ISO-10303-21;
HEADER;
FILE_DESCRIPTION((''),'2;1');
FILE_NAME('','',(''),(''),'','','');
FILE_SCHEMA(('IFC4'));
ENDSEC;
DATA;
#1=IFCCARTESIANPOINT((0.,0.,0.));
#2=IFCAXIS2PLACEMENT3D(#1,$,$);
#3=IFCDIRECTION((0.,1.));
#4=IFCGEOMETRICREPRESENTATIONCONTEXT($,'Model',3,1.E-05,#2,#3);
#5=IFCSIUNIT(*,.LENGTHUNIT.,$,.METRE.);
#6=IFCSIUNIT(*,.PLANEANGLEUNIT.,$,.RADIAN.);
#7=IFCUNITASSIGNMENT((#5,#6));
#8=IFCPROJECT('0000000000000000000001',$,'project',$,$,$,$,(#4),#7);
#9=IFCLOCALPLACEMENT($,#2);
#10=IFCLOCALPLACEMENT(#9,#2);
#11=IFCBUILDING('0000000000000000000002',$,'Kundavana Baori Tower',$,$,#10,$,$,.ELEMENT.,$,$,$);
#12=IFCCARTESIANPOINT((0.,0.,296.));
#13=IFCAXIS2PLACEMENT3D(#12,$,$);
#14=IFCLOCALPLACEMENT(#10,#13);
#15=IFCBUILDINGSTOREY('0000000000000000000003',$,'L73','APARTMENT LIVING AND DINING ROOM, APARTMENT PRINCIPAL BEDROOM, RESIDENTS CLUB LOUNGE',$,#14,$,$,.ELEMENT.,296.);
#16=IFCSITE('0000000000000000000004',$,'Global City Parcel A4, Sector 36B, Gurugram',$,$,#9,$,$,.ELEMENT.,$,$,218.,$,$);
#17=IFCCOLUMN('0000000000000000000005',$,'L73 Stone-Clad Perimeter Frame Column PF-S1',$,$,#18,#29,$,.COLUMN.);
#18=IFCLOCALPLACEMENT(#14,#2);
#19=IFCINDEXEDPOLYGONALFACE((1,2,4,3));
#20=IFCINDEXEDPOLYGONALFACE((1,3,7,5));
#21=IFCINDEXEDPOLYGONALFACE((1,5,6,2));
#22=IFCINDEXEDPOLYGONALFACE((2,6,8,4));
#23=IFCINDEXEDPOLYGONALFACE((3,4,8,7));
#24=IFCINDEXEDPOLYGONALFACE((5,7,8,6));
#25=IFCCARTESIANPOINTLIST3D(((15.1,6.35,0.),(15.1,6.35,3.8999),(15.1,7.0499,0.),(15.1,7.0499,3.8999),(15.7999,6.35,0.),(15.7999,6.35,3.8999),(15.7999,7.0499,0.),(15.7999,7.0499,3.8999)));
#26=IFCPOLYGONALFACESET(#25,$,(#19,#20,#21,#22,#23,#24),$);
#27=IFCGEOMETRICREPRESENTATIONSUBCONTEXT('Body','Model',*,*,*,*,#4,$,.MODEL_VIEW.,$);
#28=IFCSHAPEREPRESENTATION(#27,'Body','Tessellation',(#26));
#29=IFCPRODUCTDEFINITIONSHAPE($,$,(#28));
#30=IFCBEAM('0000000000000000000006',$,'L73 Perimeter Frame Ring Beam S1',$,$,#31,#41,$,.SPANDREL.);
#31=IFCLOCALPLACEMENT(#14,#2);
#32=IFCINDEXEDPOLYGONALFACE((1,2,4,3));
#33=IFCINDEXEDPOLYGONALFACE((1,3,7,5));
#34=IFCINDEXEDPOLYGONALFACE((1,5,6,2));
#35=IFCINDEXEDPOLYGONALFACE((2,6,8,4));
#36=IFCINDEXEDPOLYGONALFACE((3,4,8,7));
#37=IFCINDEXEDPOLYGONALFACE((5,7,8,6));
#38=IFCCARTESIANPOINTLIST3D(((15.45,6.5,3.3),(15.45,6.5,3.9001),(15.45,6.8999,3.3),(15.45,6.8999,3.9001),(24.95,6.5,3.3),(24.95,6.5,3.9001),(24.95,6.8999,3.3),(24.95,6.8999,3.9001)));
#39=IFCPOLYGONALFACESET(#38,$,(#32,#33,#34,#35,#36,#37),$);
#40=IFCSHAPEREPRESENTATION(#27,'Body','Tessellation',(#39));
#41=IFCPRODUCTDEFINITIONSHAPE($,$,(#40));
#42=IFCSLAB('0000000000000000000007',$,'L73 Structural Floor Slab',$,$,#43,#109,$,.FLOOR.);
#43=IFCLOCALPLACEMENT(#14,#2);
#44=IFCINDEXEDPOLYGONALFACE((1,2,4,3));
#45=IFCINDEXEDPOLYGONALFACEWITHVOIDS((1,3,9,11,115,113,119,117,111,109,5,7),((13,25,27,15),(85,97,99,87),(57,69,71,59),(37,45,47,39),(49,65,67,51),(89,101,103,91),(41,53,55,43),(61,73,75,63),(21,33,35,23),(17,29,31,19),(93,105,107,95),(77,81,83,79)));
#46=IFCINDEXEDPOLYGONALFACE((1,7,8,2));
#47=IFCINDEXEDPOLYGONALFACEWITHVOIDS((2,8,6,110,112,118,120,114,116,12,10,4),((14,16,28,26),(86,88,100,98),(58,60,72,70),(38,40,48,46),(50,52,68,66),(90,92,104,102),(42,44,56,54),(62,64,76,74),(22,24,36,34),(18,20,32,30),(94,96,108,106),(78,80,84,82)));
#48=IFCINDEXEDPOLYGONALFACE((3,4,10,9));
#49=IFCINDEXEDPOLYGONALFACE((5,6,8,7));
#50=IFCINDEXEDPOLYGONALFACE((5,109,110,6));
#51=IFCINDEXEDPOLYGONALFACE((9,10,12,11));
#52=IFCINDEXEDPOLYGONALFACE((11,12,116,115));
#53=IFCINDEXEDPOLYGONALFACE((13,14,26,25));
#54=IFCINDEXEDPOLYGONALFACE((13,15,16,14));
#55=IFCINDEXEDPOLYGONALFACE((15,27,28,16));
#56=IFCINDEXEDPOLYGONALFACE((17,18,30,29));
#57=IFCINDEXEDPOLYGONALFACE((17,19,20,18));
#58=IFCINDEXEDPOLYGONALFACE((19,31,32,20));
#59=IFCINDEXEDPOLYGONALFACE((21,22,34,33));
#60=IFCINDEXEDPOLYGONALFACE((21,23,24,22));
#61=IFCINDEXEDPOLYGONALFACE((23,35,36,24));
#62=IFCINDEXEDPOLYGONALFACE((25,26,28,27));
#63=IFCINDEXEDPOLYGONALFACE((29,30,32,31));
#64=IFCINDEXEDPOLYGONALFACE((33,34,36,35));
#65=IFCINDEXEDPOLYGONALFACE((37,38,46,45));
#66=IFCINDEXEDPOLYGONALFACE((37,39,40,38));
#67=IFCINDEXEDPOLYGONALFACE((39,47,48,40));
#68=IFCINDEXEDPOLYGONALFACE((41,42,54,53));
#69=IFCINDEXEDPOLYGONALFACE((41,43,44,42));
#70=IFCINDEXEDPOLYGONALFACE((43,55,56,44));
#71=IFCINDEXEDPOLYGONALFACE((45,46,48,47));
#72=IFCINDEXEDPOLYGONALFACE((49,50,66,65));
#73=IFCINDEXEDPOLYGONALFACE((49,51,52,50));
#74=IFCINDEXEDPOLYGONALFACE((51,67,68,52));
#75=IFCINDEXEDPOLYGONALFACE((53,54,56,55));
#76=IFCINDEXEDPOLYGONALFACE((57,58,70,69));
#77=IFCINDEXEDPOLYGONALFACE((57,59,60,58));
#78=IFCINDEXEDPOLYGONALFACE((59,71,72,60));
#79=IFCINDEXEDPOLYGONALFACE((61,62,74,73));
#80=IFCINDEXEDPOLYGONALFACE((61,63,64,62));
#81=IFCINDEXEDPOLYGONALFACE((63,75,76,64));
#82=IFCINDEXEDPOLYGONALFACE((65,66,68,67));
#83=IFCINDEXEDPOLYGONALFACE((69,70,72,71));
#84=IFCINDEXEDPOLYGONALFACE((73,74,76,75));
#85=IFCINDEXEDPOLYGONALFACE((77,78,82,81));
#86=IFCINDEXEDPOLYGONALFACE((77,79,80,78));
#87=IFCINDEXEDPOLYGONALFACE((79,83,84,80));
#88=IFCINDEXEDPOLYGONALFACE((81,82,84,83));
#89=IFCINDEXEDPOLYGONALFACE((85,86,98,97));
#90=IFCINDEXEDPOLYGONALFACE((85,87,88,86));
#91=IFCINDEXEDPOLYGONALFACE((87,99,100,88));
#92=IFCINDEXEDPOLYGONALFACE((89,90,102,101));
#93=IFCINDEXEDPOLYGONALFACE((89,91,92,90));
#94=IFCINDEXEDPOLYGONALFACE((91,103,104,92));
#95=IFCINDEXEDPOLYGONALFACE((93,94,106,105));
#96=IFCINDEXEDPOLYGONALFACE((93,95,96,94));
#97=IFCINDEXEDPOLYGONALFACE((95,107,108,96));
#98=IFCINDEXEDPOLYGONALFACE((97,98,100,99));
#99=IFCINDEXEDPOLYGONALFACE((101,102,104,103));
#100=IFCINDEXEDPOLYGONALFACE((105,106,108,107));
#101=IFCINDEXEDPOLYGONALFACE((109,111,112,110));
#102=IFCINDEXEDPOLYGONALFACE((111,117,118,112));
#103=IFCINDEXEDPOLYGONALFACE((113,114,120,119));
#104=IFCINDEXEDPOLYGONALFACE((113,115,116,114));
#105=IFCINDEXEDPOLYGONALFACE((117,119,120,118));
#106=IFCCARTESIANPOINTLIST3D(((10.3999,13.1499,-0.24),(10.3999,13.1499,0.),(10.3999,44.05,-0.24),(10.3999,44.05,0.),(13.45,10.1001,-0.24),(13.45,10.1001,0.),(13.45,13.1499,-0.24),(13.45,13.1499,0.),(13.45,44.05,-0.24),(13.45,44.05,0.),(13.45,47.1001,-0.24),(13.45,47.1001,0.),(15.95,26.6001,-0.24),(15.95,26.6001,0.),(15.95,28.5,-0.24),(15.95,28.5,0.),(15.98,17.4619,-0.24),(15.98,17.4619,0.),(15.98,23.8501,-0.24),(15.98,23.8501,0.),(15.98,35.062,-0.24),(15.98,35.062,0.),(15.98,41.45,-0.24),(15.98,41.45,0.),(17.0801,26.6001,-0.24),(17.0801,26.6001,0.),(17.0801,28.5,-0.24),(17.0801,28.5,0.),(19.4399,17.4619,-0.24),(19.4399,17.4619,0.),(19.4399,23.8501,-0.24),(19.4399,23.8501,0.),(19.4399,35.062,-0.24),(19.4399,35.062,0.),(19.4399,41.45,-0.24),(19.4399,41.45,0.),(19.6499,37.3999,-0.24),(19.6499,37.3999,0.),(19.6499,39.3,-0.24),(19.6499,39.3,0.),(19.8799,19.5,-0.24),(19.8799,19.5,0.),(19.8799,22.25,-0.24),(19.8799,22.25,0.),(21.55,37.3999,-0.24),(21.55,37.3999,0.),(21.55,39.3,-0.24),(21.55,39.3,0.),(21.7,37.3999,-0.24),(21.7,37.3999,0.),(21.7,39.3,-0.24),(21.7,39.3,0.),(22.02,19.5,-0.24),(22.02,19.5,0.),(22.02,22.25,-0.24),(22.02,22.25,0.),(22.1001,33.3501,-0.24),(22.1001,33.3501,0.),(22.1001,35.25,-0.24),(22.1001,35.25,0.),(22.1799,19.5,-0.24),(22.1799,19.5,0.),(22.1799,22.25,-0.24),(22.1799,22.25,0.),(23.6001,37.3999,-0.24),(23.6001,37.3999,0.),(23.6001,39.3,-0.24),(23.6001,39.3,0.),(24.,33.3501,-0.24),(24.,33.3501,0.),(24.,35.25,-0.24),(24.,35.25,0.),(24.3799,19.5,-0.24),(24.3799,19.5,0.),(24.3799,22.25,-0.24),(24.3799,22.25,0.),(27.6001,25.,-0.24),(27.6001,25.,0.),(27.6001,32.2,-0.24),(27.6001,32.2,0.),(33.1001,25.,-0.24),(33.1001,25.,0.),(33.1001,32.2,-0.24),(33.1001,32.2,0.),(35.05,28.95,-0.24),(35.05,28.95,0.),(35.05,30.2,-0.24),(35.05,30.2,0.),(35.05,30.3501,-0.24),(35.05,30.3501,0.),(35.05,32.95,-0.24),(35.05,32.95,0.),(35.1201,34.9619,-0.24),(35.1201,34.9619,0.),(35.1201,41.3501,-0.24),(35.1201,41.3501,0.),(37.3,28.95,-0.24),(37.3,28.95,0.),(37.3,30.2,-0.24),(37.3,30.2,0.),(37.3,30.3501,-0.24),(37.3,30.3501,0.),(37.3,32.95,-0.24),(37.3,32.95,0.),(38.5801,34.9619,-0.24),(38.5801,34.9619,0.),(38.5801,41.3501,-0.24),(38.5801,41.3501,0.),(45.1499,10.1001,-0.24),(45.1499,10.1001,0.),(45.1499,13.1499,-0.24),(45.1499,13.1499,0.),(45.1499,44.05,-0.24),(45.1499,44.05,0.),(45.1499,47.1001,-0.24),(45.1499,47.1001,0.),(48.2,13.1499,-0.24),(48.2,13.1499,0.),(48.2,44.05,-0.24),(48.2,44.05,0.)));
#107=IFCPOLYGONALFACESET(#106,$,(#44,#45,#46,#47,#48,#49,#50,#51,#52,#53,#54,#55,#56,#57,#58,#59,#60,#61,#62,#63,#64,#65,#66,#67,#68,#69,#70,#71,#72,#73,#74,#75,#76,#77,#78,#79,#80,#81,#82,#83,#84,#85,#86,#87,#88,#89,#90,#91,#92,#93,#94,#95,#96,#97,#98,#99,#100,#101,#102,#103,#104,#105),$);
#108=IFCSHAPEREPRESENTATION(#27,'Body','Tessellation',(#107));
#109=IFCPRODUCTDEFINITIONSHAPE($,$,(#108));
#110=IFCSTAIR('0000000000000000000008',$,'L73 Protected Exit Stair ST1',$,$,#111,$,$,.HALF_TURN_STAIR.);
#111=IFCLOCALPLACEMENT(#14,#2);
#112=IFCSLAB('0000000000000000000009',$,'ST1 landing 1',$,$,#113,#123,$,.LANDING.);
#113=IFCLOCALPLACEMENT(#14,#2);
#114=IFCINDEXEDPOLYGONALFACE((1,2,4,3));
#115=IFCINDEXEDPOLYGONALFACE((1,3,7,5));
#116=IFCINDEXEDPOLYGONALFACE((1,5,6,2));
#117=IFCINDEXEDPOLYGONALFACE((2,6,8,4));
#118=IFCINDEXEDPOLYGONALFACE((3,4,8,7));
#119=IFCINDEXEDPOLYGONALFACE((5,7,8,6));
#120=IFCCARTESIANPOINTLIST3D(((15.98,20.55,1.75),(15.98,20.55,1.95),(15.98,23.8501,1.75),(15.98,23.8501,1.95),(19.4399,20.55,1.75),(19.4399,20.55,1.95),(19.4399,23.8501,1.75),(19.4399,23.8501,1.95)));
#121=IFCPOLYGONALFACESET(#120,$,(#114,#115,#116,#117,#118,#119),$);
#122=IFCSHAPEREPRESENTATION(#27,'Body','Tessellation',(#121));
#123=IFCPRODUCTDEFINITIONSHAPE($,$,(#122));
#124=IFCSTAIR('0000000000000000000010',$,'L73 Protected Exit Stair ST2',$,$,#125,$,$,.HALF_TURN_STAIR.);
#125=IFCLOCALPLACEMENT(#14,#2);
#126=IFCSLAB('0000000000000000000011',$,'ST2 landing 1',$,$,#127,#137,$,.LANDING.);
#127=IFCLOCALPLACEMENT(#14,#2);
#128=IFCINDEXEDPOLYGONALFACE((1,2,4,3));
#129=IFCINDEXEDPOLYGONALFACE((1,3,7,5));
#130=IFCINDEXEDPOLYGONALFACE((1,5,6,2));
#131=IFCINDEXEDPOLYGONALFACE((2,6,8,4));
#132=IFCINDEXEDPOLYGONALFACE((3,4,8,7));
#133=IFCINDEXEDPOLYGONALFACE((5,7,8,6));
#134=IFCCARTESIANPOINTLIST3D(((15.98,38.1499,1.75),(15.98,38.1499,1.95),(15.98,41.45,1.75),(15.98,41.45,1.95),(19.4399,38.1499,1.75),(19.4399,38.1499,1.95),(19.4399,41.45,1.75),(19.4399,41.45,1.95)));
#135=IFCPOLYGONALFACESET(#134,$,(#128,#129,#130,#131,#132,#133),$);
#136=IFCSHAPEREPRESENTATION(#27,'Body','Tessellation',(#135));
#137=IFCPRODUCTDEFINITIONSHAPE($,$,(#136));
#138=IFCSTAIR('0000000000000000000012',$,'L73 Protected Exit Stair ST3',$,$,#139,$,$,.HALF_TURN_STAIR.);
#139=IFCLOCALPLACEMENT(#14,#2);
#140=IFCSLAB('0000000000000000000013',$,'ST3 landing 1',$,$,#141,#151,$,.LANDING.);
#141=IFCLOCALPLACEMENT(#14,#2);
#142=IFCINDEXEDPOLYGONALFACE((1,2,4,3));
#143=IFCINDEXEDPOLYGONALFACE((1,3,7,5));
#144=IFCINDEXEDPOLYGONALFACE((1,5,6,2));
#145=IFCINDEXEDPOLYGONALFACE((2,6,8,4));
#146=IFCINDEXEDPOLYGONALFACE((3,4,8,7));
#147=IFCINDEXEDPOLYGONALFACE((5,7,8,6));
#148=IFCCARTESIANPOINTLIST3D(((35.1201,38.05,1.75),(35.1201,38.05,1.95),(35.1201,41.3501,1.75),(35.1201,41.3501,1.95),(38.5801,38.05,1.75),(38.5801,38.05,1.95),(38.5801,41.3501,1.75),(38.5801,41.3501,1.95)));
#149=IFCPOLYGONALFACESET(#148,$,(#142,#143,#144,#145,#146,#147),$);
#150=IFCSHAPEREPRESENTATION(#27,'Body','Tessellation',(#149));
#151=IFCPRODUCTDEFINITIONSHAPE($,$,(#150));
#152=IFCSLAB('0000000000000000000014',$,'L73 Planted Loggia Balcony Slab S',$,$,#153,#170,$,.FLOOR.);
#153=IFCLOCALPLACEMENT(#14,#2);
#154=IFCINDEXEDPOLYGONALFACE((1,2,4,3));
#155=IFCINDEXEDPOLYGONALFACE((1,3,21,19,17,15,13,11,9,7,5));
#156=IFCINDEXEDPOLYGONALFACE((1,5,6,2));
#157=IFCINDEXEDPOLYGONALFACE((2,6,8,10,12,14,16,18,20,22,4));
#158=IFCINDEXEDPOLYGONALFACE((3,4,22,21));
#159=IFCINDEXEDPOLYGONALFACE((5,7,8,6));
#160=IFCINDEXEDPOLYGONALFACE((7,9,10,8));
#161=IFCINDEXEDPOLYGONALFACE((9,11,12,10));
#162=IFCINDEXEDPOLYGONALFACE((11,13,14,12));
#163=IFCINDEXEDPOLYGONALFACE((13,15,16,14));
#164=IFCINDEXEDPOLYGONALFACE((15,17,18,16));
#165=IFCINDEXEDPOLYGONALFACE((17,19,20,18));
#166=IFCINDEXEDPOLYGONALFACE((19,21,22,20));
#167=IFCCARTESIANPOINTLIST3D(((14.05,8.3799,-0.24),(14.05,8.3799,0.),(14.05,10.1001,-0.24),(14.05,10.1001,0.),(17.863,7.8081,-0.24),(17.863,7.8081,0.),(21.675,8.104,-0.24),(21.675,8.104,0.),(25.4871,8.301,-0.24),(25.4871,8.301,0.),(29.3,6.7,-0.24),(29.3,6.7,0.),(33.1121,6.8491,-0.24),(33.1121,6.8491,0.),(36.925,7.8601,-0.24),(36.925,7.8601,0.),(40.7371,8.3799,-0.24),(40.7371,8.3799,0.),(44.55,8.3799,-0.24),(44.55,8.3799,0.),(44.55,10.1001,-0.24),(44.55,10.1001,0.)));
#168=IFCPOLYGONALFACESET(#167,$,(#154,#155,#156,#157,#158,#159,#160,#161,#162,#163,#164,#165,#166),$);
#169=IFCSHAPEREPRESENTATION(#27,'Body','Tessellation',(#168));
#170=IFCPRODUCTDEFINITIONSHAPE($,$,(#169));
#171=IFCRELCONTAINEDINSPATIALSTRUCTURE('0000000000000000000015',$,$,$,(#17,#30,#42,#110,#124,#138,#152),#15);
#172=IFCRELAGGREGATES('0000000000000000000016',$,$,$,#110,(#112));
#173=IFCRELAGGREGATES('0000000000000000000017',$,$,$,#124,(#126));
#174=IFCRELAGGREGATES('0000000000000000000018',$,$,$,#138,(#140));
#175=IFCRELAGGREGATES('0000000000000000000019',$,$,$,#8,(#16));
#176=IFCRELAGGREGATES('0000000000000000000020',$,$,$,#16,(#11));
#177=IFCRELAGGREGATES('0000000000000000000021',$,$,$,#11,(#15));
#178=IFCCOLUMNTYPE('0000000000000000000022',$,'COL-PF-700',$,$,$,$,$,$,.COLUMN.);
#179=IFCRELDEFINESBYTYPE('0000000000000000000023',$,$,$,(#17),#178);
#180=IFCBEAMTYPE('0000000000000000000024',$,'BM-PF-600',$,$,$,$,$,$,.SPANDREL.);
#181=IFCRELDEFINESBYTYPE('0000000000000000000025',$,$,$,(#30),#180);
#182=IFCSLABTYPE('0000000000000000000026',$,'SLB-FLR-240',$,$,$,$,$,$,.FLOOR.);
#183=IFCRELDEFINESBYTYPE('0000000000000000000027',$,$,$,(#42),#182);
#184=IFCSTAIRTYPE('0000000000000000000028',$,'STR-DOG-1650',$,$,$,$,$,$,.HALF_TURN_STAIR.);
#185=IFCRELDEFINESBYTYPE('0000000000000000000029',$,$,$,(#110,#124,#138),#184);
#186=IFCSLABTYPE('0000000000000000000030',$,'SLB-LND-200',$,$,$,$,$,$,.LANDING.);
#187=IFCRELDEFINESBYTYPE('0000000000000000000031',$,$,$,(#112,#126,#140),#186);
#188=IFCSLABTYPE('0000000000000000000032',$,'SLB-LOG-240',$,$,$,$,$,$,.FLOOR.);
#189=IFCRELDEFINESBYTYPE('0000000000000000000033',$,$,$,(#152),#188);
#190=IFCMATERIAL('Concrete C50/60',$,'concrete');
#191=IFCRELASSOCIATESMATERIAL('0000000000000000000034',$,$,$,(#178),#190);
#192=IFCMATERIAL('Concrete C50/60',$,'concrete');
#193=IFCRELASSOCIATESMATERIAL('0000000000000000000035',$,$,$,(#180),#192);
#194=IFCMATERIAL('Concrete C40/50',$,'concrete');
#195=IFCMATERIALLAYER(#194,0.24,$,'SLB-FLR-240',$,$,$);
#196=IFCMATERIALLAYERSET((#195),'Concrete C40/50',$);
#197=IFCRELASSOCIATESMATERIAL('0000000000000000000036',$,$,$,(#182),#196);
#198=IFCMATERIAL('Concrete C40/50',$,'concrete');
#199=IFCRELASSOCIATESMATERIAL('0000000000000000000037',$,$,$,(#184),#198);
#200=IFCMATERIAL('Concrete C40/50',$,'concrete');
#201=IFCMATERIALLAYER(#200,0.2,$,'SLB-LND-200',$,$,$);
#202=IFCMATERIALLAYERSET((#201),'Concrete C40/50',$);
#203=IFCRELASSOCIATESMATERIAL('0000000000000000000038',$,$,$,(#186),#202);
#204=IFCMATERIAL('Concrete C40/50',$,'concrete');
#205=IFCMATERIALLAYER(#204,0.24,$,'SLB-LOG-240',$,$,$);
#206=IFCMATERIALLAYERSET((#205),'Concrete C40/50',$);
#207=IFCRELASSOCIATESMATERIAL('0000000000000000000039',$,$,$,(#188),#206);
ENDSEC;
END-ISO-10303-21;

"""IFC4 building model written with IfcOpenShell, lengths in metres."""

from ifc_helpers import new_model, si_unit, direction, frame, origin, origin_2d, place, context, subcontext, project, spatial, polyline, rectangle, outline, extrude, material, layer, layer_set, material_profile, profile_set, type_object, element, aggregate, save


model = new_model("IFC4")

# Units and contexts
model_context = context("Model", 3, precision=1e-05, world=origin(), true_north=direction((0.0, 1.0)))
body_context = subcontext(model_context, "Body", "Model", "MODEL_VIEW")
ifc_project = project(units=[si_unit("LENGTHUNIT", "METRE"), si_unit("PLANEANGLEUNIT", "RADIAN")], contexts=[model_context])

# Site, building, storey
site_placement = place(None, origin())
site = spatial("IfcSite", under=ifc_project, at=site_placement, Name="Global City Parcel A4, Sector 36B, Gurugram", CompositionType="ELEMENT", RefElevation=218.0)
building_placement = place(site_placement, origin())
building = spatial("IfcBuilding", under=site, at=building_placement, Name="Kundavana Baori Tower", CompositionType="ELEMENT")
storey_placement = place(building_placement, frame((0.0, 0.0, 296.0)))
storey = spatial("IfcBuildingStorey", under=building, at=storey_placement, Name="L73", Description="APARTMENT LIVING AND DINING ROOM, APARTMENT PRINCIPAL BEDROOM, RESIDENTS CLUB LOUNGE", CompositionType="ELEMENT", Elevation=296.0)

# Column
ifc_material_1 = material(Name="Concrete C50/60", Category="concrete")
ifc_material_profile_1 = material_profile(ifc_material_1, rectangle(XDim=0.7, YDim=0.7, at=origin_2d()), Name="RC PF 700x700")
ifc_profile_set_1 = profile_set([ifc_material_profile_1], Name="Concrete C50/60")
column_type = type_object("IfcColumnType", Name="COL-PF-700", PredefinedType="COLUMN", material=ifc_profile_set_1)
column_placement = place(storey_placement, frame((15.45, 6.7, 0.0), z_axis=(0.0, 0.0, 1.0), x_axis=(1.0, 0.0, 0.0)))
element("IfcColumn", 1, at=column_placement, inside=storey, type_object=column_type, Name="L73 Stone-Clad Perimeter Frame Column PF-S1", PredefinedType="COLUMN", context=body_context, shape_type="SweptSolid", body=[
    extrude(rectangle(XDim=0.7, YDim=0.7, at=origin_2d()), origin(), (0.0, 0.0, 1.0), 3.8999),
])

# Beam
ifc_material_2 = material(Name="Concrete C50/60", Category="concrete")
ifc_material_profile_2 = material_profile(ifc_material_2, rectangle(XDim=0.3999, YDim=0.6001, at=origin_2d()), Name="RC BM 400x600")
ifc_profile_set_2 = profile_set([ifc_material_profile_2], Name="Concrete C50/60")
beam_type = type_object("IfcBeamType", Name="BM-PF-600", PredefinedType="SPANDREL", material=ifc_profile_set_2)
beam_placement = place(storey_placement, frame((15.45, 6.7, 3.6001), z_axis=(1.0, 0.0, 0.0), x_axis=(0.0, 1.0, 0.0)))
element("IfcBeam", 2, at=beam_placement, inside=storey, type_object=beam_type, Name="L73 Perimeter Frame Ring Beam S1", PredefinedType="SPANDREL", context=body_context, shape_type="SweptSolid", body=[
    extrude(rectangle(XDim=0.3999, YDim=0.6001, at=origin_2d()), origin(), (0.0, 0.0, 1.0), 9.5),
])

# Slab
ifc_material_3 = material(Name="Concrete C40/50", Category="concrete")
ifc_layer_1 = layer(ifc_material_3, 0.24, Name="SLB-FLR-240")
ifc_layer_set_1 = layer_set([ifc_layer_1], Name="Concrete C40/50")
slab_type_1 = type_object("IfcSlabType", Name="SLB-FLR-240", PredefinedType="FLOOR", material=ifc_layer_set_1)
slab_1_placement = place(storey_placement, frame((0.0, 0.0, -0.24)))
element("IfcSlab", 3, at=slab_1_placement, inside=storey, type_object=slab_type_1, Name="L73 Structural Floor Slab", PredefinedType="FLOOR", context=body_context, shape_type="SweptSolid", body=[
    extrude(outline(polyline([(13.45, 10.1001), (45.1499, 10.1001), (45.1499, 13.1499), (48.2, 13.1499), (48.2, 44.05), (45.1499, 44.05), (45.1499, 47.1001), (13.45, 47.1001), (13.45, 44.05), (10.3999, 44.05), (10.3999, 13.1499), (13.45, 13.1499), (13.45, 10.1001)]), holes=[polyline([(19.4399, 17.4619), (19.4399, 23.8501), (15.98, 23.8501), (15.98, 17.4619), (19.4399, 17.4619)]), polyline([(19.4399, 35.062), (19.4399, 41.45), (15.98, 41.45), (15.98, 35.062), (19.4399, 35.062)]), polyline([(38.5801, 34.9619), (38.5801, 41.3501), (35.1201, 41.3501), (35.1201, 34.9619), (38.5801, 34.9619)]), polyline([(19.6499, 37.3999), (21.55, 37.3999), (21.55, 39.3), (19.6499, 39.3), (19.6499, 37.3999)]), polyline([(21.7, 37.3999), (23.6001, 37.3999), (23.6001, 39.3), (21.7, 39.3), (21.7, 37.3999)]), polyline([(22.1001, 33.3501), (24.0, 33.3501), (24.0, 35.25), (22.1001, 35.25), (22.1001, 33.3501)]), polyline([(19.8799, 19.5), (22.02, 19.5), (22.02, 22.25), (19.8799, 22.25), (19.8799, 19.5)]), polyline([(22.1799, 19.5), (24.3799, 19.5), (24.3799, 22.25), (22.1799, 22.25), (22.1799, 19.5)]), polyline([(35.05, 30.3501), (37.3, 30.3501), (37.3, 32.95), (35.05, 32.95), (35.05, 30.3501)]), polyline([(15.95, 26.6001), (17.0801, 26.6001), (17.0801, 28.5), (15.95, 28.5), (15.95, 26.6001)]), polyline([(35.05, 28.95), (37.3, 28.95), (37.3, 30.2), (35.05, 30.2), (35.05, 28.95)]), polyline([(27.6001, 25.0), (33.1001, 25.0), (33.1001, 32.2), (27.6001, 32.2), (27.6001, 25.0)])]), origin(), (0.0, 0.0, 1.0), 0.24),
])

# Stairs, slabs
ifc_material_4 = material(Name="Concrete C40/50", Category="concrete")
stair_type = type_object("IfcStairType", Name="STR-DOG-1650", PredefinedType="HALF_TURN_STAIR", material=ifc_material_4)
stair_1_placement = place(storey_placement, origin())
stair_1 = element("IfcStair", 4, at=stair_1_placement, inside=storey, type_object=stair_type, Name="L73 Protected Exit Stair ST1", PredefinedType="HALF_TURN_STAIR")
ifc_material_5 = material(Name="Concrete C40/50", Category="concrete")
ifc_layer_2 = layer(ifc_material_5, 0.2, Name="SLB-LND-200")
ifc_layer_set_2 = layer_set([ifc_layer_2], Name="Concrete C40/50")
slab_type_2 = type_object("IfcSlabType", Name="SLB-LND-200", PredefinedType="LANDING", material=ifc_layer_set_2)
slab_2_placement = place(storey_placement, frame((0.0, 0.0, 1.75)))
slab_2 = element("IfcSlab", 5, at=slab_2_placement, type_object=slab_type_2, Name="ST1 landing 1", PredefinedType="LANDING", context=body_context, shape_type="SweptSolid", body=[
    extrude(outline(polyline([(19.4399, 20.55), (19.4399, 23.8501), (15.98, 23.8501), (15.98, 20.55), (19.4399, 20.55)])), origin(), (0.0, 0.0, 1.0), 0.2),
])
aggregate(stair_1, [slab_2])
stair_2_placement = place(storey_placement, origin())
stair_2 = element("IfcStair", 6, at=stair_2_placement, inside=storey, type_object=stair_type, Name="L73 Protected Exit Stair ST2", PredefinedType="HALF_TURN_STAIR")
slab_3_placement = place(storey_placement, frame((0.0, 0.0, 1.75)))
slab_3 = element("IfcSlab", 7, at=slab_3_placement, type_object=slab_type_2, Name="ST2 landing 1", PredefinedType="LANDING", context=body_context, shape_type="SweptSolid", body=[
    extrude(outline(polyline([(19.4399, 38.1499), (19.4399, 41.45), (15.98, 41.45), (15.98, 38.1499), (19.4399, 38.1499)])), origin(), (0.0, 0.0, 1.0), 0.2),
])
aggregate(stair_2, [slab_3])
stair_3_placement = place(storey_placement, origin())
stair_3 = element("IfcStair", 8, at=stair_3_placement, inside=storey, type_object=stair_type, Name="L73 Protected Exit Stair ST3", PredefinedType="HALF_TURN_STAIR")
slab_4_placement = place(storey_placement, frame((0.0, 0.0, 1.75)))
slab_4 = element("IfcSlab", 9, at=slab_4_placement, type_object=slab_type_2, Name="ST3 landing 1", PredefinedType="LANDING", context=body_context, shape_type="SweptSolid", body=[
    extrude(outline(polyline([(38.5801, 38.05), (38.5801, 41.3501), (35.1201, 41.3501), (35.1201, 38.05), (38.5801, 38.05)])), origin(), (0.0, 0.0, 1.0), 0.2),
])
aggregate(stair_3, [slab_4])

# Slab
ifc_material_6 = material(Name="Concrete C40/50", Category="concrete")
ifc_layer_3 = layer(ifc_material_6, 0.24, Name="SLB-LOG-240")
ifc_layer_set_3 = layer_set([ifc_layer_3], Name="Concrete C40/50")
slab_type_3 = type_object("IfcSlabType", Name="SLB-LOG-240", PredefinedType="FLOOR", material=ifc_layer_set_3)
slab_5_placement = place(storey_placement, frame((0.0, 0.0, -0.24)))
element("IfcSlab", 10, at=slab_5_placement, inside=storey, type_object=slab_type_3, Name="L73 Planted Loggia Balcony Slab S", PredefinedType="FLOOR", context=body_context, shape_type="SweptSolid", body=[
    extrude(outline(polyline([(14.05, 10.1001), (44.55, 10.1001), (44.55, 8.3799), (40.7371, 8.3799), (36.925, 7.8601), (33.1121, 6.8491), (29.3, 6.7), (25.4871, 8.301), (21.675, 8.104), (17.863, 7.8081), (14.05, 8.3799), (14.05, 10.1001)])), origin(), (0.0, 0.0, 1.0), 0.24),
])

save(model, "model.ifc")
